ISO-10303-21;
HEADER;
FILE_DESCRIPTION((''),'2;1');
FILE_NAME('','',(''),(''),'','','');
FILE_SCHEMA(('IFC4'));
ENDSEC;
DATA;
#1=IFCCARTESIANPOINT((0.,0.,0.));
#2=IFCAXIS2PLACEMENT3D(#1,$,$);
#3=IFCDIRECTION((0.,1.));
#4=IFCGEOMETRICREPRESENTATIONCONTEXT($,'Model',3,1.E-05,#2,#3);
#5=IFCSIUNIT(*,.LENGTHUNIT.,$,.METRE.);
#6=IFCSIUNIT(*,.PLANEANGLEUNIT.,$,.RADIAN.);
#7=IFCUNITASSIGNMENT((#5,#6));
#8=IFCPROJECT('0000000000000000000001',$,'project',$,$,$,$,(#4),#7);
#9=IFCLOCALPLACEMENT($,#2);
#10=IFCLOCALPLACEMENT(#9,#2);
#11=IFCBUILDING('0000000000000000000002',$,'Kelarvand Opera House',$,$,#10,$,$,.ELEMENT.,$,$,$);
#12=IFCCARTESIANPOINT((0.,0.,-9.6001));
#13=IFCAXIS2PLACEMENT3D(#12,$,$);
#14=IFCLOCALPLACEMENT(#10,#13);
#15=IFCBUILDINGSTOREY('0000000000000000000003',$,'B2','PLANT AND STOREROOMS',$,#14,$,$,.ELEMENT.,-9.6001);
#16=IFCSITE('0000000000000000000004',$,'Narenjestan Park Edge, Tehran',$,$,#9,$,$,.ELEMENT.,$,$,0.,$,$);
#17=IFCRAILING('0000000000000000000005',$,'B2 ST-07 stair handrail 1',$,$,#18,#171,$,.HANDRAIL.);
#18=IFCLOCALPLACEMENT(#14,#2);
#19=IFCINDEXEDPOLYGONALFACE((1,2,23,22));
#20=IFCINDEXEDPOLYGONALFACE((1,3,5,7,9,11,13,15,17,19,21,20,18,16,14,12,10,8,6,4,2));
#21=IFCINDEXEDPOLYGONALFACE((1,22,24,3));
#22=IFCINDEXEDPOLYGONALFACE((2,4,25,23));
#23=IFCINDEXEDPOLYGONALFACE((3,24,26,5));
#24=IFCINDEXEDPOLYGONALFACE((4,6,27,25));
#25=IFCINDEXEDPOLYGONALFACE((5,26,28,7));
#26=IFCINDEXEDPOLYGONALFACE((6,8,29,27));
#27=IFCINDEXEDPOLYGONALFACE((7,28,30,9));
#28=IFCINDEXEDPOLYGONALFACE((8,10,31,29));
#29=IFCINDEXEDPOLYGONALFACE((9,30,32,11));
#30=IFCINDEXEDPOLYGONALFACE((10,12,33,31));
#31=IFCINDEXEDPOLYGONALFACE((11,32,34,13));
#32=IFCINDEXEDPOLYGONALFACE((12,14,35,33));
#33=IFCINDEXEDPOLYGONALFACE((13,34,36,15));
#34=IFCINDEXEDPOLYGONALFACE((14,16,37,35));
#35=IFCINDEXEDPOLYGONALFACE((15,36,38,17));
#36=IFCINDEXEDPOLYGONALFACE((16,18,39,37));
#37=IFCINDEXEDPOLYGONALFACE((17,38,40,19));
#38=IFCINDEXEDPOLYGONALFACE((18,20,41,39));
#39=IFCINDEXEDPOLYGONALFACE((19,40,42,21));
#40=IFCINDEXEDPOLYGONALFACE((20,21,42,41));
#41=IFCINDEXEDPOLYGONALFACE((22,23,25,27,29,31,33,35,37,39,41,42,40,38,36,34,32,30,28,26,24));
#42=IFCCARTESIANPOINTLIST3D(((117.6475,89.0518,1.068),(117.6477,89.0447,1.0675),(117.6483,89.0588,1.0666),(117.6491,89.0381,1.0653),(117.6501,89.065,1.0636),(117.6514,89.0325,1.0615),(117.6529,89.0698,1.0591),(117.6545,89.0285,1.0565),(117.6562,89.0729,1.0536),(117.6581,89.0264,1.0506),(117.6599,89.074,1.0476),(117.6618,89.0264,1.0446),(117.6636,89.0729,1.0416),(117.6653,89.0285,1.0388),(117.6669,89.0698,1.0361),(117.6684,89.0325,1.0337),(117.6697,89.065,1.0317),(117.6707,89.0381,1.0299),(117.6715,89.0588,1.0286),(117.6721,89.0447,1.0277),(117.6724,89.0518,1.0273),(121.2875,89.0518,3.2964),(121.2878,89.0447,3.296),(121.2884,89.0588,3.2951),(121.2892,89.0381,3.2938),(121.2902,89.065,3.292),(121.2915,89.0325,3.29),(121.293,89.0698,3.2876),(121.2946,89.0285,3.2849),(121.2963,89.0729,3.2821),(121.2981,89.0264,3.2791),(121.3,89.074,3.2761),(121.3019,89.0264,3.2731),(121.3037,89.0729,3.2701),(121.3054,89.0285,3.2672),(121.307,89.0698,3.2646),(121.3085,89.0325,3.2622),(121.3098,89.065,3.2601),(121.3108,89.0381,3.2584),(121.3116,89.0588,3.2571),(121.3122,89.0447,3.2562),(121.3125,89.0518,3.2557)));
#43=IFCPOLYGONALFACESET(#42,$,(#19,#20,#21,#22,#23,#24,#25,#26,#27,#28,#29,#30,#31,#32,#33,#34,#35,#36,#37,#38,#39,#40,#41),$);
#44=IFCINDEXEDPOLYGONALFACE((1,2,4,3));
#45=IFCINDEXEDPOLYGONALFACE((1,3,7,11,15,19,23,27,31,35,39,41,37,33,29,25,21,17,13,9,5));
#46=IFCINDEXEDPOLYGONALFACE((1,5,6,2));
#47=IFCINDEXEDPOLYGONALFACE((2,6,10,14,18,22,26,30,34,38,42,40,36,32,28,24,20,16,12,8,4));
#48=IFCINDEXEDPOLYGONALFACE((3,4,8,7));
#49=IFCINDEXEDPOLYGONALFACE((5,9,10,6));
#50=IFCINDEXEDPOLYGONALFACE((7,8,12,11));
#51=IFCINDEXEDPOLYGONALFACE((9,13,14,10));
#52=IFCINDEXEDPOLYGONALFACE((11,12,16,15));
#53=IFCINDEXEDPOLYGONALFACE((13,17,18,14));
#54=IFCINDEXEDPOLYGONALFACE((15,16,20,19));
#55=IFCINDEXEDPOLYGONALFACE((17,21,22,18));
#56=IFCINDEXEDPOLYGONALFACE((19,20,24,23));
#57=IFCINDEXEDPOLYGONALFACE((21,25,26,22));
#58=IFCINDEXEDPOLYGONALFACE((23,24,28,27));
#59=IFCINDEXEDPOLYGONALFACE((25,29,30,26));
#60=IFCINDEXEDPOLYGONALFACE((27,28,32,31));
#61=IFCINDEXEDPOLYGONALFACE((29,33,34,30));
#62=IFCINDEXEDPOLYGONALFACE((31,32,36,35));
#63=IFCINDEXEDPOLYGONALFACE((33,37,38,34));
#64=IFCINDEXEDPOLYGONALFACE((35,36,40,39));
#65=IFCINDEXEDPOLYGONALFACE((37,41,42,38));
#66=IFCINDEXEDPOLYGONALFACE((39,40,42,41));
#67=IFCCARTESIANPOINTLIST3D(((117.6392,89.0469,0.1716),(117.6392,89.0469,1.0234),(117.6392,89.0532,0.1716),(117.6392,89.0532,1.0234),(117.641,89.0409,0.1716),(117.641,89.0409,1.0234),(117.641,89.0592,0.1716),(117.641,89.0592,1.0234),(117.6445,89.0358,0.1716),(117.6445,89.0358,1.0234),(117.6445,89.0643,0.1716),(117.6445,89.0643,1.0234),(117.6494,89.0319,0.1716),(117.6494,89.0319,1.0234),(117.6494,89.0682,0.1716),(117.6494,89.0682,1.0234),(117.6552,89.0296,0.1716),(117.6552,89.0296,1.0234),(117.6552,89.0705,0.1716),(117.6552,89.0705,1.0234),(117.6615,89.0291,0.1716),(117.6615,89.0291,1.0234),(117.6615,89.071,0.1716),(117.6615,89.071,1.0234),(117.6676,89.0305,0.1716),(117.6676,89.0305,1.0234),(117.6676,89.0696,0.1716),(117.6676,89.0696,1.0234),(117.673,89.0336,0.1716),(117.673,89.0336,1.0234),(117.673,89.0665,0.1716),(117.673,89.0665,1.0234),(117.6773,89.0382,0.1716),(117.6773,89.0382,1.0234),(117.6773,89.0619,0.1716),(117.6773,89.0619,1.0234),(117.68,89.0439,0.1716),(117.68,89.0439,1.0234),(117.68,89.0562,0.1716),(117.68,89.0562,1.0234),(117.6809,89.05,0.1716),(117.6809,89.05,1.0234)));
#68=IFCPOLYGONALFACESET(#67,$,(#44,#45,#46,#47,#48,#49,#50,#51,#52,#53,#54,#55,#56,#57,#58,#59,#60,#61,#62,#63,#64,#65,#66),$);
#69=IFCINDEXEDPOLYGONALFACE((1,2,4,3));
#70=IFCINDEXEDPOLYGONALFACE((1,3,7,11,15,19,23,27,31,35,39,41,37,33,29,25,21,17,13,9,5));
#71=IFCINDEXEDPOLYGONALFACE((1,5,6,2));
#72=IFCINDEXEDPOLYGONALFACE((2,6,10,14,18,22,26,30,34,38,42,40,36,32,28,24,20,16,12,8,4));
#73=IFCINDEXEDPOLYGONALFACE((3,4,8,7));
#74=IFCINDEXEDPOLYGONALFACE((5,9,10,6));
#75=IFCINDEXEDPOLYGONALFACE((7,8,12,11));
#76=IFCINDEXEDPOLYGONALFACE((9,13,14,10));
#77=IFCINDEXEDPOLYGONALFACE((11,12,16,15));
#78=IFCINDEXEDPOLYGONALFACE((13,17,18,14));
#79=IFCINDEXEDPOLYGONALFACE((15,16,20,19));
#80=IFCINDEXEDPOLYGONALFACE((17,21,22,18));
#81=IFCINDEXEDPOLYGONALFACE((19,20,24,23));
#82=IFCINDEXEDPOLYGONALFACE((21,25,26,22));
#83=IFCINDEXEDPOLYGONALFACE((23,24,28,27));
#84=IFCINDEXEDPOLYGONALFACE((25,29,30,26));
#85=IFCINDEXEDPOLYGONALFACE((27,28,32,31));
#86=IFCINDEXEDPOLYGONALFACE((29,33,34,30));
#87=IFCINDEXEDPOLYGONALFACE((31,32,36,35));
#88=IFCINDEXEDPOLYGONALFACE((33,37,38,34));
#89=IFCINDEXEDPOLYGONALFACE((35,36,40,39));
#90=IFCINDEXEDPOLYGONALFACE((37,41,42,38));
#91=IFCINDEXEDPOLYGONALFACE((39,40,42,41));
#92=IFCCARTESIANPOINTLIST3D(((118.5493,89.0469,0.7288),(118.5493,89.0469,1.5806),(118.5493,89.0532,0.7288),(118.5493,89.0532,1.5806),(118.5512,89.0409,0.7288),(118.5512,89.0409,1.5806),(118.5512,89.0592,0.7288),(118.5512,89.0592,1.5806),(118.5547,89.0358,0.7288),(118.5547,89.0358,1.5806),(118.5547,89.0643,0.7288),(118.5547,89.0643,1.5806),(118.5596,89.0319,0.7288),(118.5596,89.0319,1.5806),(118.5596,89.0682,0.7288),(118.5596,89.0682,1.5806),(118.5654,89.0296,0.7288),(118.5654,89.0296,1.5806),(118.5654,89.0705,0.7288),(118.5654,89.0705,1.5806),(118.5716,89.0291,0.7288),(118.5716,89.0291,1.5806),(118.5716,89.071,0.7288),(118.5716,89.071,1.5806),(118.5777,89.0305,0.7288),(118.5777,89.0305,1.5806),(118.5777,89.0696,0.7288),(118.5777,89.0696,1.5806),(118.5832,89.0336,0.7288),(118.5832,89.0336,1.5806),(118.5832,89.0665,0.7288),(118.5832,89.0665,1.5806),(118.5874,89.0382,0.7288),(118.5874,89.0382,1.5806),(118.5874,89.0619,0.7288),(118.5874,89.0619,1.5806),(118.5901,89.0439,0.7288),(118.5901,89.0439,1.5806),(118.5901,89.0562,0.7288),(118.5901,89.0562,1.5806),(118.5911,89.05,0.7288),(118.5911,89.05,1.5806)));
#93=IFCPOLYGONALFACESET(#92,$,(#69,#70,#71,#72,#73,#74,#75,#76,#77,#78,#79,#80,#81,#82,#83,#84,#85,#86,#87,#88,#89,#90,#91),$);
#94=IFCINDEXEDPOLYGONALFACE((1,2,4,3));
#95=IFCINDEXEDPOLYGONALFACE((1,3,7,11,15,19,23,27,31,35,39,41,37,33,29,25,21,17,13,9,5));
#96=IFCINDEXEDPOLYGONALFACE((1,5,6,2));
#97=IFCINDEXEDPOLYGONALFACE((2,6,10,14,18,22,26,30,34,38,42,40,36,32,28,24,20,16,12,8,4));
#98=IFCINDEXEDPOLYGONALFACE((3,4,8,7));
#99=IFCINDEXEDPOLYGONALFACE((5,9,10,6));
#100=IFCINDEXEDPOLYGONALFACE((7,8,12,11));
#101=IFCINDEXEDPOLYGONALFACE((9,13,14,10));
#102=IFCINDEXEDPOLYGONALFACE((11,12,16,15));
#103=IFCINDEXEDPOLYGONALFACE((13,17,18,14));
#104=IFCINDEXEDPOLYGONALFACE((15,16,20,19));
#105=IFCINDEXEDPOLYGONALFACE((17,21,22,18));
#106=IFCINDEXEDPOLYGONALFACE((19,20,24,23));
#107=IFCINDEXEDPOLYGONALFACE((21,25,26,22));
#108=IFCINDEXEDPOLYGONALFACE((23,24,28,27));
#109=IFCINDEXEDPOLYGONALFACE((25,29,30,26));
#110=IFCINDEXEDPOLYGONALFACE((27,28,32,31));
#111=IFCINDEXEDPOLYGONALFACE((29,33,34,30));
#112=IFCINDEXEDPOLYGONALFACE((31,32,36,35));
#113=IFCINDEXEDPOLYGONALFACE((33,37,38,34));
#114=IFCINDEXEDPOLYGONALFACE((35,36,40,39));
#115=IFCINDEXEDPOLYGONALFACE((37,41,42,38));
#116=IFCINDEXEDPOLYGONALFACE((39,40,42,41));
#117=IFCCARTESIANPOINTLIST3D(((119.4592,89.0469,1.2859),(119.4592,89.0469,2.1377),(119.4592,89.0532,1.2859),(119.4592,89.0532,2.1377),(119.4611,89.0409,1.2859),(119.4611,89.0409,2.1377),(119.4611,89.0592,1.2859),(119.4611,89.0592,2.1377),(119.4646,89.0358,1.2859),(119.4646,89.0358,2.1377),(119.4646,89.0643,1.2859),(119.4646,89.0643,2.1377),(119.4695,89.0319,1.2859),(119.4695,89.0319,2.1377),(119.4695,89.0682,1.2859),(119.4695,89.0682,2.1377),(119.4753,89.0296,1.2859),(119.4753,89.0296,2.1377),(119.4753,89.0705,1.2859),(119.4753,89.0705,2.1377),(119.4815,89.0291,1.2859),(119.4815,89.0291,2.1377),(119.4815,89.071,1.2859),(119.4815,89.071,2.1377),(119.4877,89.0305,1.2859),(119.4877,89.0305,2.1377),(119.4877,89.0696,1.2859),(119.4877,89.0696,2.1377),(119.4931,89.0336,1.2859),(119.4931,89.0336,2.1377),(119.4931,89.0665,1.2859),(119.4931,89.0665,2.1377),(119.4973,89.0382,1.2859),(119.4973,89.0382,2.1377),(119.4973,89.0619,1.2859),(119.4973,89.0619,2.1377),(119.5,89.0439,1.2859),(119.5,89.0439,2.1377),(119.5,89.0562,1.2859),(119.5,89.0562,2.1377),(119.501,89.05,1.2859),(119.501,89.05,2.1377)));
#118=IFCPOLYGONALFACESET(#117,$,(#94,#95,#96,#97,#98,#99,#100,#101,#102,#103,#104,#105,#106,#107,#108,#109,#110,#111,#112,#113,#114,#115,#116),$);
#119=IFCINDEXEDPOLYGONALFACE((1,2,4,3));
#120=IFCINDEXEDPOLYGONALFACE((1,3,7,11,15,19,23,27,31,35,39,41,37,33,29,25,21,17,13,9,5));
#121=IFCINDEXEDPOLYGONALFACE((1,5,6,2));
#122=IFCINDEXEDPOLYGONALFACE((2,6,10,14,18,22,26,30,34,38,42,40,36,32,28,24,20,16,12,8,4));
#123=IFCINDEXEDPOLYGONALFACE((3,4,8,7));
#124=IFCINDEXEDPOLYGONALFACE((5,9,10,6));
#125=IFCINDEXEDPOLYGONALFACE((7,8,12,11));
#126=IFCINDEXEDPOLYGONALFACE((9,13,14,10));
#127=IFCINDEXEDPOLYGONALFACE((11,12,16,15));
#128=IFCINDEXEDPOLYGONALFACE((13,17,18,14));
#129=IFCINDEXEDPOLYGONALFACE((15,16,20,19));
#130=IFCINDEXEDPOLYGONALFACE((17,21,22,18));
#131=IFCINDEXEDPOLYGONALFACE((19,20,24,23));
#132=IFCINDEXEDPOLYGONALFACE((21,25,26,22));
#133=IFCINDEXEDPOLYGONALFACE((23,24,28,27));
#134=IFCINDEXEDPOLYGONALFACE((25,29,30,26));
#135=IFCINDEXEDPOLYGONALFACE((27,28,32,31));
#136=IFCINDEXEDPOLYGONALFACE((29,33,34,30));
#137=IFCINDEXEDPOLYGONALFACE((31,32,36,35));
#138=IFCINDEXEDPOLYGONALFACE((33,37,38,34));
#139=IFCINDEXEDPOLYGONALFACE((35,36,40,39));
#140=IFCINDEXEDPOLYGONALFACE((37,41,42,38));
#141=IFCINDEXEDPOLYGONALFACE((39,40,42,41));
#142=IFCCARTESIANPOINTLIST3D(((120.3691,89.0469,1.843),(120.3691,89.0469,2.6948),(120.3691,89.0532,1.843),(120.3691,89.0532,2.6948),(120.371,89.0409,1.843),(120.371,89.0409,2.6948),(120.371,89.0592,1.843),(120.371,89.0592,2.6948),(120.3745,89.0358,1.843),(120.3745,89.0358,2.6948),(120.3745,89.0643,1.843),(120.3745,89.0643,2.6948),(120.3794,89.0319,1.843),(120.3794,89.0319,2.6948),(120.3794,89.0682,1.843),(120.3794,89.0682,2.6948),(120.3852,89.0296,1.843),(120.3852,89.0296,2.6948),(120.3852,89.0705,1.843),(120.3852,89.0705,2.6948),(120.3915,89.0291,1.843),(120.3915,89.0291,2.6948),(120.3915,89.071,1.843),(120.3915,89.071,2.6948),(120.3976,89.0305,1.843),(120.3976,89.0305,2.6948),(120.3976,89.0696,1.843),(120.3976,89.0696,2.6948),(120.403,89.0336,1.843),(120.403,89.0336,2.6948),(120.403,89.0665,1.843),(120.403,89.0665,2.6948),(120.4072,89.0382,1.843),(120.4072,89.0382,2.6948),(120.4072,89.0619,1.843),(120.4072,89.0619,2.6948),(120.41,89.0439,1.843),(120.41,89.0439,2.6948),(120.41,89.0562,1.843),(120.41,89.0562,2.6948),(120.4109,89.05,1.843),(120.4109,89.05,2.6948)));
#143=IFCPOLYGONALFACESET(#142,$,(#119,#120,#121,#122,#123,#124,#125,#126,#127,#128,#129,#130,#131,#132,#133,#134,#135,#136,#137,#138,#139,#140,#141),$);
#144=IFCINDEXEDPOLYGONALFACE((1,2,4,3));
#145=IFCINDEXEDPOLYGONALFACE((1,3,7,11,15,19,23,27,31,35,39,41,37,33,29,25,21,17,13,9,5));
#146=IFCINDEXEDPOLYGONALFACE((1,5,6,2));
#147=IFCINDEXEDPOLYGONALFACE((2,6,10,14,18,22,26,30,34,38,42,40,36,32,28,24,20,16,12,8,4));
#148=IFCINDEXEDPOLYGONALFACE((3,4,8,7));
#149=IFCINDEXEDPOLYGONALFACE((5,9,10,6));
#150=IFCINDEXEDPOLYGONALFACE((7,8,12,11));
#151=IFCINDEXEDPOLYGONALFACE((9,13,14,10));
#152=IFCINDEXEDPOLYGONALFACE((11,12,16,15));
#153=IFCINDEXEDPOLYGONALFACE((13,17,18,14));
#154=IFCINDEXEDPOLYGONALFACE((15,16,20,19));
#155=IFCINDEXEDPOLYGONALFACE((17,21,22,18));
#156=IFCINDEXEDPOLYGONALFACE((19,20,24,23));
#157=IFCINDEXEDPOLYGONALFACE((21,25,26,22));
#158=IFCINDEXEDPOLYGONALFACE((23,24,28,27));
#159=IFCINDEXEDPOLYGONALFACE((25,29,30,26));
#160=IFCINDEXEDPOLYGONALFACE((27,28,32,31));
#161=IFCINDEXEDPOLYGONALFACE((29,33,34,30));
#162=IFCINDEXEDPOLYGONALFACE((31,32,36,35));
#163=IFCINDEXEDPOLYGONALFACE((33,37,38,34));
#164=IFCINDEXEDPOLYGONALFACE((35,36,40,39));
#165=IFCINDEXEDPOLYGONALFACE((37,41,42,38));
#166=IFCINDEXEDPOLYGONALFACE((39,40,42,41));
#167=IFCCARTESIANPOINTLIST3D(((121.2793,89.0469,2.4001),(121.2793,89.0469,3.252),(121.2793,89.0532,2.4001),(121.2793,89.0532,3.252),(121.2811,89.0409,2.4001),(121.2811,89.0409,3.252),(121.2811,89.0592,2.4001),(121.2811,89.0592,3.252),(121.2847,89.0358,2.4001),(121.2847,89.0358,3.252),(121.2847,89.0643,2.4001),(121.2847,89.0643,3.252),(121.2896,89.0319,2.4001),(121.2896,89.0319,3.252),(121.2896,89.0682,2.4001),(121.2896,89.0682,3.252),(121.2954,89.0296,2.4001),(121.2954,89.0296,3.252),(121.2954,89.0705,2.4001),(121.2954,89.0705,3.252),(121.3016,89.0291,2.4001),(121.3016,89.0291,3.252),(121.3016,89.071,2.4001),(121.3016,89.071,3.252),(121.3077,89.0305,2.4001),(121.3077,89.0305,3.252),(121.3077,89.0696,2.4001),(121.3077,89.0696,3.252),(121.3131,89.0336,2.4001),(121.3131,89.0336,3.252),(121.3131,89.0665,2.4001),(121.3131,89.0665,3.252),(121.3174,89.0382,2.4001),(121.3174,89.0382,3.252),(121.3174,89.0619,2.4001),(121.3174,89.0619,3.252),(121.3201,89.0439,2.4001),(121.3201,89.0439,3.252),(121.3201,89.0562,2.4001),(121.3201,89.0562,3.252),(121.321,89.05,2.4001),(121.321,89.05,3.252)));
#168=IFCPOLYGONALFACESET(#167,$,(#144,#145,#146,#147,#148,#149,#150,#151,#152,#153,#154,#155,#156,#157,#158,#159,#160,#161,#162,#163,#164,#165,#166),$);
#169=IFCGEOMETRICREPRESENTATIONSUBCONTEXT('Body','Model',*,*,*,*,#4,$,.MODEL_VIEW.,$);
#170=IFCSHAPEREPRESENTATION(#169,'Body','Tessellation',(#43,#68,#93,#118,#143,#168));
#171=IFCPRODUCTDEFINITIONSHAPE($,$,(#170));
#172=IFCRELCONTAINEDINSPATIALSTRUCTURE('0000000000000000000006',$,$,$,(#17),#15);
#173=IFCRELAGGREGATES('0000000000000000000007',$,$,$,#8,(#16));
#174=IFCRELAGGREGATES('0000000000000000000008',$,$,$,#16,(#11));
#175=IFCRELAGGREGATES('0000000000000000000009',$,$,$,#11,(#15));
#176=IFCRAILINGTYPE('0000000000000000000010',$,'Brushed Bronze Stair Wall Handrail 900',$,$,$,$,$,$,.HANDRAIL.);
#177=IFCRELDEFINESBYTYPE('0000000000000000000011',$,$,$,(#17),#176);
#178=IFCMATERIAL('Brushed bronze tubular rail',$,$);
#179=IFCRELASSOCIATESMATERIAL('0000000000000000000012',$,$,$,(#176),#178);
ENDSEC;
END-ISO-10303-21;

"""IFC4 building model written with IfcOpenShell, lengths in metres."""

from ifc_helpers import new_model, si_unit, direction, frame, origin, origin_2d, place, context, subcontext, project, spatial, circle, extrude, material, type_object, element, save


model = new_model("IFC4")

# Units and contexts
model_context = context("Model", 3, precision=1e-05, world=origin(), true_north=direction((0.0, 1.0)))
body_context = subcontext(model_context, "Body", "Model", "MODEL_VIEW")
ifc_project = project(units=[si_unit("LENGTHUNIT", "METRE"), si_unit("PLANEANGLEUNIT", "RADIAN")], contexts=[model_context])

# Site, building, storey
site_placement = place(None, origin())
site = spatial("IfcSite", under=ifc_project, at=site_placement, Name="Narenjestan Park Edge, Tehran", CompositionType="ELEMENT", RefElevation=0.0)
building_placement = place(site_placement, origin())
building = spatial("IfcBuilding", under=site, at=building_placement, Name="Kelarvand Opera House", CompositionType="ELEMENT")
storey_placement = place(building_placement, frame((0.0, 0.0, -9.6001)))
storey = spatial("IfcBuildingStorey", under=building, at=storey_placement, Name="B2", Description="PLANT AND STOREROOMS", CompositionType="ELEMENT", Elevation=-9.6001)

# Railing
ifc_material_1 = material(Name="Brushed bronze tubular rail")
railing_type_1 = type_object("IfcRailingType", Name="Brushed Bronze Stair Wall Handrail 900", PredefinedType="HANDRAIL", material=ifc_material_1)
railing_1_placement = place(storey_placement, frame((117.6599, 89.05, 0.1716)))
element("IfcRailing", 1, at=railing_1_placement, inside=storey, type_object=railing_type_1, Name="B2 ST-07 stair handrail 1", PredefinedType="HANDRAIL", context=body_context, shape_type="SweptSolid", body=[
    extrude(circle(Radius=0.0239, at=origin_2d()), frame((0.0, 0.0, 0.876), z_axis=(0.852866, 0.0, 0.52213), x_axis=(0.0, 1.0, 0.0)), (0.0, 0.0, 1.0), 4.2681),
    extrude(circle(Radius=0.021, at=origin_2d()), origin(), (0.0, 0.0, 1.0), 0.8518),
    extrude(circle(Radius=0.021, at=origin_2d()), frame((0.9102, 0.0, 0.5571)), (0.0, 0.0, 1.0), 0.8518),
    extrude(circle(Radius=0.021, at=origin_2d()), frame((1.8201, 0.0, 1.1143)), (0.0, 0.0, 1.0), 0.8518),
    extrude(circle(Radius=0.021, at=origin_2d()), frame((2.73, 0.0, 1.6714)), (0.0, 0.0, 1.0), 0.8518),
    extrude(circle(Radius=0.021, at=origin_2d()), frame((3.6401, 0.0, 2.2285)), (0.0, 0.0, 1.0), 0.8518),
])

save(model, "model.ifc")
